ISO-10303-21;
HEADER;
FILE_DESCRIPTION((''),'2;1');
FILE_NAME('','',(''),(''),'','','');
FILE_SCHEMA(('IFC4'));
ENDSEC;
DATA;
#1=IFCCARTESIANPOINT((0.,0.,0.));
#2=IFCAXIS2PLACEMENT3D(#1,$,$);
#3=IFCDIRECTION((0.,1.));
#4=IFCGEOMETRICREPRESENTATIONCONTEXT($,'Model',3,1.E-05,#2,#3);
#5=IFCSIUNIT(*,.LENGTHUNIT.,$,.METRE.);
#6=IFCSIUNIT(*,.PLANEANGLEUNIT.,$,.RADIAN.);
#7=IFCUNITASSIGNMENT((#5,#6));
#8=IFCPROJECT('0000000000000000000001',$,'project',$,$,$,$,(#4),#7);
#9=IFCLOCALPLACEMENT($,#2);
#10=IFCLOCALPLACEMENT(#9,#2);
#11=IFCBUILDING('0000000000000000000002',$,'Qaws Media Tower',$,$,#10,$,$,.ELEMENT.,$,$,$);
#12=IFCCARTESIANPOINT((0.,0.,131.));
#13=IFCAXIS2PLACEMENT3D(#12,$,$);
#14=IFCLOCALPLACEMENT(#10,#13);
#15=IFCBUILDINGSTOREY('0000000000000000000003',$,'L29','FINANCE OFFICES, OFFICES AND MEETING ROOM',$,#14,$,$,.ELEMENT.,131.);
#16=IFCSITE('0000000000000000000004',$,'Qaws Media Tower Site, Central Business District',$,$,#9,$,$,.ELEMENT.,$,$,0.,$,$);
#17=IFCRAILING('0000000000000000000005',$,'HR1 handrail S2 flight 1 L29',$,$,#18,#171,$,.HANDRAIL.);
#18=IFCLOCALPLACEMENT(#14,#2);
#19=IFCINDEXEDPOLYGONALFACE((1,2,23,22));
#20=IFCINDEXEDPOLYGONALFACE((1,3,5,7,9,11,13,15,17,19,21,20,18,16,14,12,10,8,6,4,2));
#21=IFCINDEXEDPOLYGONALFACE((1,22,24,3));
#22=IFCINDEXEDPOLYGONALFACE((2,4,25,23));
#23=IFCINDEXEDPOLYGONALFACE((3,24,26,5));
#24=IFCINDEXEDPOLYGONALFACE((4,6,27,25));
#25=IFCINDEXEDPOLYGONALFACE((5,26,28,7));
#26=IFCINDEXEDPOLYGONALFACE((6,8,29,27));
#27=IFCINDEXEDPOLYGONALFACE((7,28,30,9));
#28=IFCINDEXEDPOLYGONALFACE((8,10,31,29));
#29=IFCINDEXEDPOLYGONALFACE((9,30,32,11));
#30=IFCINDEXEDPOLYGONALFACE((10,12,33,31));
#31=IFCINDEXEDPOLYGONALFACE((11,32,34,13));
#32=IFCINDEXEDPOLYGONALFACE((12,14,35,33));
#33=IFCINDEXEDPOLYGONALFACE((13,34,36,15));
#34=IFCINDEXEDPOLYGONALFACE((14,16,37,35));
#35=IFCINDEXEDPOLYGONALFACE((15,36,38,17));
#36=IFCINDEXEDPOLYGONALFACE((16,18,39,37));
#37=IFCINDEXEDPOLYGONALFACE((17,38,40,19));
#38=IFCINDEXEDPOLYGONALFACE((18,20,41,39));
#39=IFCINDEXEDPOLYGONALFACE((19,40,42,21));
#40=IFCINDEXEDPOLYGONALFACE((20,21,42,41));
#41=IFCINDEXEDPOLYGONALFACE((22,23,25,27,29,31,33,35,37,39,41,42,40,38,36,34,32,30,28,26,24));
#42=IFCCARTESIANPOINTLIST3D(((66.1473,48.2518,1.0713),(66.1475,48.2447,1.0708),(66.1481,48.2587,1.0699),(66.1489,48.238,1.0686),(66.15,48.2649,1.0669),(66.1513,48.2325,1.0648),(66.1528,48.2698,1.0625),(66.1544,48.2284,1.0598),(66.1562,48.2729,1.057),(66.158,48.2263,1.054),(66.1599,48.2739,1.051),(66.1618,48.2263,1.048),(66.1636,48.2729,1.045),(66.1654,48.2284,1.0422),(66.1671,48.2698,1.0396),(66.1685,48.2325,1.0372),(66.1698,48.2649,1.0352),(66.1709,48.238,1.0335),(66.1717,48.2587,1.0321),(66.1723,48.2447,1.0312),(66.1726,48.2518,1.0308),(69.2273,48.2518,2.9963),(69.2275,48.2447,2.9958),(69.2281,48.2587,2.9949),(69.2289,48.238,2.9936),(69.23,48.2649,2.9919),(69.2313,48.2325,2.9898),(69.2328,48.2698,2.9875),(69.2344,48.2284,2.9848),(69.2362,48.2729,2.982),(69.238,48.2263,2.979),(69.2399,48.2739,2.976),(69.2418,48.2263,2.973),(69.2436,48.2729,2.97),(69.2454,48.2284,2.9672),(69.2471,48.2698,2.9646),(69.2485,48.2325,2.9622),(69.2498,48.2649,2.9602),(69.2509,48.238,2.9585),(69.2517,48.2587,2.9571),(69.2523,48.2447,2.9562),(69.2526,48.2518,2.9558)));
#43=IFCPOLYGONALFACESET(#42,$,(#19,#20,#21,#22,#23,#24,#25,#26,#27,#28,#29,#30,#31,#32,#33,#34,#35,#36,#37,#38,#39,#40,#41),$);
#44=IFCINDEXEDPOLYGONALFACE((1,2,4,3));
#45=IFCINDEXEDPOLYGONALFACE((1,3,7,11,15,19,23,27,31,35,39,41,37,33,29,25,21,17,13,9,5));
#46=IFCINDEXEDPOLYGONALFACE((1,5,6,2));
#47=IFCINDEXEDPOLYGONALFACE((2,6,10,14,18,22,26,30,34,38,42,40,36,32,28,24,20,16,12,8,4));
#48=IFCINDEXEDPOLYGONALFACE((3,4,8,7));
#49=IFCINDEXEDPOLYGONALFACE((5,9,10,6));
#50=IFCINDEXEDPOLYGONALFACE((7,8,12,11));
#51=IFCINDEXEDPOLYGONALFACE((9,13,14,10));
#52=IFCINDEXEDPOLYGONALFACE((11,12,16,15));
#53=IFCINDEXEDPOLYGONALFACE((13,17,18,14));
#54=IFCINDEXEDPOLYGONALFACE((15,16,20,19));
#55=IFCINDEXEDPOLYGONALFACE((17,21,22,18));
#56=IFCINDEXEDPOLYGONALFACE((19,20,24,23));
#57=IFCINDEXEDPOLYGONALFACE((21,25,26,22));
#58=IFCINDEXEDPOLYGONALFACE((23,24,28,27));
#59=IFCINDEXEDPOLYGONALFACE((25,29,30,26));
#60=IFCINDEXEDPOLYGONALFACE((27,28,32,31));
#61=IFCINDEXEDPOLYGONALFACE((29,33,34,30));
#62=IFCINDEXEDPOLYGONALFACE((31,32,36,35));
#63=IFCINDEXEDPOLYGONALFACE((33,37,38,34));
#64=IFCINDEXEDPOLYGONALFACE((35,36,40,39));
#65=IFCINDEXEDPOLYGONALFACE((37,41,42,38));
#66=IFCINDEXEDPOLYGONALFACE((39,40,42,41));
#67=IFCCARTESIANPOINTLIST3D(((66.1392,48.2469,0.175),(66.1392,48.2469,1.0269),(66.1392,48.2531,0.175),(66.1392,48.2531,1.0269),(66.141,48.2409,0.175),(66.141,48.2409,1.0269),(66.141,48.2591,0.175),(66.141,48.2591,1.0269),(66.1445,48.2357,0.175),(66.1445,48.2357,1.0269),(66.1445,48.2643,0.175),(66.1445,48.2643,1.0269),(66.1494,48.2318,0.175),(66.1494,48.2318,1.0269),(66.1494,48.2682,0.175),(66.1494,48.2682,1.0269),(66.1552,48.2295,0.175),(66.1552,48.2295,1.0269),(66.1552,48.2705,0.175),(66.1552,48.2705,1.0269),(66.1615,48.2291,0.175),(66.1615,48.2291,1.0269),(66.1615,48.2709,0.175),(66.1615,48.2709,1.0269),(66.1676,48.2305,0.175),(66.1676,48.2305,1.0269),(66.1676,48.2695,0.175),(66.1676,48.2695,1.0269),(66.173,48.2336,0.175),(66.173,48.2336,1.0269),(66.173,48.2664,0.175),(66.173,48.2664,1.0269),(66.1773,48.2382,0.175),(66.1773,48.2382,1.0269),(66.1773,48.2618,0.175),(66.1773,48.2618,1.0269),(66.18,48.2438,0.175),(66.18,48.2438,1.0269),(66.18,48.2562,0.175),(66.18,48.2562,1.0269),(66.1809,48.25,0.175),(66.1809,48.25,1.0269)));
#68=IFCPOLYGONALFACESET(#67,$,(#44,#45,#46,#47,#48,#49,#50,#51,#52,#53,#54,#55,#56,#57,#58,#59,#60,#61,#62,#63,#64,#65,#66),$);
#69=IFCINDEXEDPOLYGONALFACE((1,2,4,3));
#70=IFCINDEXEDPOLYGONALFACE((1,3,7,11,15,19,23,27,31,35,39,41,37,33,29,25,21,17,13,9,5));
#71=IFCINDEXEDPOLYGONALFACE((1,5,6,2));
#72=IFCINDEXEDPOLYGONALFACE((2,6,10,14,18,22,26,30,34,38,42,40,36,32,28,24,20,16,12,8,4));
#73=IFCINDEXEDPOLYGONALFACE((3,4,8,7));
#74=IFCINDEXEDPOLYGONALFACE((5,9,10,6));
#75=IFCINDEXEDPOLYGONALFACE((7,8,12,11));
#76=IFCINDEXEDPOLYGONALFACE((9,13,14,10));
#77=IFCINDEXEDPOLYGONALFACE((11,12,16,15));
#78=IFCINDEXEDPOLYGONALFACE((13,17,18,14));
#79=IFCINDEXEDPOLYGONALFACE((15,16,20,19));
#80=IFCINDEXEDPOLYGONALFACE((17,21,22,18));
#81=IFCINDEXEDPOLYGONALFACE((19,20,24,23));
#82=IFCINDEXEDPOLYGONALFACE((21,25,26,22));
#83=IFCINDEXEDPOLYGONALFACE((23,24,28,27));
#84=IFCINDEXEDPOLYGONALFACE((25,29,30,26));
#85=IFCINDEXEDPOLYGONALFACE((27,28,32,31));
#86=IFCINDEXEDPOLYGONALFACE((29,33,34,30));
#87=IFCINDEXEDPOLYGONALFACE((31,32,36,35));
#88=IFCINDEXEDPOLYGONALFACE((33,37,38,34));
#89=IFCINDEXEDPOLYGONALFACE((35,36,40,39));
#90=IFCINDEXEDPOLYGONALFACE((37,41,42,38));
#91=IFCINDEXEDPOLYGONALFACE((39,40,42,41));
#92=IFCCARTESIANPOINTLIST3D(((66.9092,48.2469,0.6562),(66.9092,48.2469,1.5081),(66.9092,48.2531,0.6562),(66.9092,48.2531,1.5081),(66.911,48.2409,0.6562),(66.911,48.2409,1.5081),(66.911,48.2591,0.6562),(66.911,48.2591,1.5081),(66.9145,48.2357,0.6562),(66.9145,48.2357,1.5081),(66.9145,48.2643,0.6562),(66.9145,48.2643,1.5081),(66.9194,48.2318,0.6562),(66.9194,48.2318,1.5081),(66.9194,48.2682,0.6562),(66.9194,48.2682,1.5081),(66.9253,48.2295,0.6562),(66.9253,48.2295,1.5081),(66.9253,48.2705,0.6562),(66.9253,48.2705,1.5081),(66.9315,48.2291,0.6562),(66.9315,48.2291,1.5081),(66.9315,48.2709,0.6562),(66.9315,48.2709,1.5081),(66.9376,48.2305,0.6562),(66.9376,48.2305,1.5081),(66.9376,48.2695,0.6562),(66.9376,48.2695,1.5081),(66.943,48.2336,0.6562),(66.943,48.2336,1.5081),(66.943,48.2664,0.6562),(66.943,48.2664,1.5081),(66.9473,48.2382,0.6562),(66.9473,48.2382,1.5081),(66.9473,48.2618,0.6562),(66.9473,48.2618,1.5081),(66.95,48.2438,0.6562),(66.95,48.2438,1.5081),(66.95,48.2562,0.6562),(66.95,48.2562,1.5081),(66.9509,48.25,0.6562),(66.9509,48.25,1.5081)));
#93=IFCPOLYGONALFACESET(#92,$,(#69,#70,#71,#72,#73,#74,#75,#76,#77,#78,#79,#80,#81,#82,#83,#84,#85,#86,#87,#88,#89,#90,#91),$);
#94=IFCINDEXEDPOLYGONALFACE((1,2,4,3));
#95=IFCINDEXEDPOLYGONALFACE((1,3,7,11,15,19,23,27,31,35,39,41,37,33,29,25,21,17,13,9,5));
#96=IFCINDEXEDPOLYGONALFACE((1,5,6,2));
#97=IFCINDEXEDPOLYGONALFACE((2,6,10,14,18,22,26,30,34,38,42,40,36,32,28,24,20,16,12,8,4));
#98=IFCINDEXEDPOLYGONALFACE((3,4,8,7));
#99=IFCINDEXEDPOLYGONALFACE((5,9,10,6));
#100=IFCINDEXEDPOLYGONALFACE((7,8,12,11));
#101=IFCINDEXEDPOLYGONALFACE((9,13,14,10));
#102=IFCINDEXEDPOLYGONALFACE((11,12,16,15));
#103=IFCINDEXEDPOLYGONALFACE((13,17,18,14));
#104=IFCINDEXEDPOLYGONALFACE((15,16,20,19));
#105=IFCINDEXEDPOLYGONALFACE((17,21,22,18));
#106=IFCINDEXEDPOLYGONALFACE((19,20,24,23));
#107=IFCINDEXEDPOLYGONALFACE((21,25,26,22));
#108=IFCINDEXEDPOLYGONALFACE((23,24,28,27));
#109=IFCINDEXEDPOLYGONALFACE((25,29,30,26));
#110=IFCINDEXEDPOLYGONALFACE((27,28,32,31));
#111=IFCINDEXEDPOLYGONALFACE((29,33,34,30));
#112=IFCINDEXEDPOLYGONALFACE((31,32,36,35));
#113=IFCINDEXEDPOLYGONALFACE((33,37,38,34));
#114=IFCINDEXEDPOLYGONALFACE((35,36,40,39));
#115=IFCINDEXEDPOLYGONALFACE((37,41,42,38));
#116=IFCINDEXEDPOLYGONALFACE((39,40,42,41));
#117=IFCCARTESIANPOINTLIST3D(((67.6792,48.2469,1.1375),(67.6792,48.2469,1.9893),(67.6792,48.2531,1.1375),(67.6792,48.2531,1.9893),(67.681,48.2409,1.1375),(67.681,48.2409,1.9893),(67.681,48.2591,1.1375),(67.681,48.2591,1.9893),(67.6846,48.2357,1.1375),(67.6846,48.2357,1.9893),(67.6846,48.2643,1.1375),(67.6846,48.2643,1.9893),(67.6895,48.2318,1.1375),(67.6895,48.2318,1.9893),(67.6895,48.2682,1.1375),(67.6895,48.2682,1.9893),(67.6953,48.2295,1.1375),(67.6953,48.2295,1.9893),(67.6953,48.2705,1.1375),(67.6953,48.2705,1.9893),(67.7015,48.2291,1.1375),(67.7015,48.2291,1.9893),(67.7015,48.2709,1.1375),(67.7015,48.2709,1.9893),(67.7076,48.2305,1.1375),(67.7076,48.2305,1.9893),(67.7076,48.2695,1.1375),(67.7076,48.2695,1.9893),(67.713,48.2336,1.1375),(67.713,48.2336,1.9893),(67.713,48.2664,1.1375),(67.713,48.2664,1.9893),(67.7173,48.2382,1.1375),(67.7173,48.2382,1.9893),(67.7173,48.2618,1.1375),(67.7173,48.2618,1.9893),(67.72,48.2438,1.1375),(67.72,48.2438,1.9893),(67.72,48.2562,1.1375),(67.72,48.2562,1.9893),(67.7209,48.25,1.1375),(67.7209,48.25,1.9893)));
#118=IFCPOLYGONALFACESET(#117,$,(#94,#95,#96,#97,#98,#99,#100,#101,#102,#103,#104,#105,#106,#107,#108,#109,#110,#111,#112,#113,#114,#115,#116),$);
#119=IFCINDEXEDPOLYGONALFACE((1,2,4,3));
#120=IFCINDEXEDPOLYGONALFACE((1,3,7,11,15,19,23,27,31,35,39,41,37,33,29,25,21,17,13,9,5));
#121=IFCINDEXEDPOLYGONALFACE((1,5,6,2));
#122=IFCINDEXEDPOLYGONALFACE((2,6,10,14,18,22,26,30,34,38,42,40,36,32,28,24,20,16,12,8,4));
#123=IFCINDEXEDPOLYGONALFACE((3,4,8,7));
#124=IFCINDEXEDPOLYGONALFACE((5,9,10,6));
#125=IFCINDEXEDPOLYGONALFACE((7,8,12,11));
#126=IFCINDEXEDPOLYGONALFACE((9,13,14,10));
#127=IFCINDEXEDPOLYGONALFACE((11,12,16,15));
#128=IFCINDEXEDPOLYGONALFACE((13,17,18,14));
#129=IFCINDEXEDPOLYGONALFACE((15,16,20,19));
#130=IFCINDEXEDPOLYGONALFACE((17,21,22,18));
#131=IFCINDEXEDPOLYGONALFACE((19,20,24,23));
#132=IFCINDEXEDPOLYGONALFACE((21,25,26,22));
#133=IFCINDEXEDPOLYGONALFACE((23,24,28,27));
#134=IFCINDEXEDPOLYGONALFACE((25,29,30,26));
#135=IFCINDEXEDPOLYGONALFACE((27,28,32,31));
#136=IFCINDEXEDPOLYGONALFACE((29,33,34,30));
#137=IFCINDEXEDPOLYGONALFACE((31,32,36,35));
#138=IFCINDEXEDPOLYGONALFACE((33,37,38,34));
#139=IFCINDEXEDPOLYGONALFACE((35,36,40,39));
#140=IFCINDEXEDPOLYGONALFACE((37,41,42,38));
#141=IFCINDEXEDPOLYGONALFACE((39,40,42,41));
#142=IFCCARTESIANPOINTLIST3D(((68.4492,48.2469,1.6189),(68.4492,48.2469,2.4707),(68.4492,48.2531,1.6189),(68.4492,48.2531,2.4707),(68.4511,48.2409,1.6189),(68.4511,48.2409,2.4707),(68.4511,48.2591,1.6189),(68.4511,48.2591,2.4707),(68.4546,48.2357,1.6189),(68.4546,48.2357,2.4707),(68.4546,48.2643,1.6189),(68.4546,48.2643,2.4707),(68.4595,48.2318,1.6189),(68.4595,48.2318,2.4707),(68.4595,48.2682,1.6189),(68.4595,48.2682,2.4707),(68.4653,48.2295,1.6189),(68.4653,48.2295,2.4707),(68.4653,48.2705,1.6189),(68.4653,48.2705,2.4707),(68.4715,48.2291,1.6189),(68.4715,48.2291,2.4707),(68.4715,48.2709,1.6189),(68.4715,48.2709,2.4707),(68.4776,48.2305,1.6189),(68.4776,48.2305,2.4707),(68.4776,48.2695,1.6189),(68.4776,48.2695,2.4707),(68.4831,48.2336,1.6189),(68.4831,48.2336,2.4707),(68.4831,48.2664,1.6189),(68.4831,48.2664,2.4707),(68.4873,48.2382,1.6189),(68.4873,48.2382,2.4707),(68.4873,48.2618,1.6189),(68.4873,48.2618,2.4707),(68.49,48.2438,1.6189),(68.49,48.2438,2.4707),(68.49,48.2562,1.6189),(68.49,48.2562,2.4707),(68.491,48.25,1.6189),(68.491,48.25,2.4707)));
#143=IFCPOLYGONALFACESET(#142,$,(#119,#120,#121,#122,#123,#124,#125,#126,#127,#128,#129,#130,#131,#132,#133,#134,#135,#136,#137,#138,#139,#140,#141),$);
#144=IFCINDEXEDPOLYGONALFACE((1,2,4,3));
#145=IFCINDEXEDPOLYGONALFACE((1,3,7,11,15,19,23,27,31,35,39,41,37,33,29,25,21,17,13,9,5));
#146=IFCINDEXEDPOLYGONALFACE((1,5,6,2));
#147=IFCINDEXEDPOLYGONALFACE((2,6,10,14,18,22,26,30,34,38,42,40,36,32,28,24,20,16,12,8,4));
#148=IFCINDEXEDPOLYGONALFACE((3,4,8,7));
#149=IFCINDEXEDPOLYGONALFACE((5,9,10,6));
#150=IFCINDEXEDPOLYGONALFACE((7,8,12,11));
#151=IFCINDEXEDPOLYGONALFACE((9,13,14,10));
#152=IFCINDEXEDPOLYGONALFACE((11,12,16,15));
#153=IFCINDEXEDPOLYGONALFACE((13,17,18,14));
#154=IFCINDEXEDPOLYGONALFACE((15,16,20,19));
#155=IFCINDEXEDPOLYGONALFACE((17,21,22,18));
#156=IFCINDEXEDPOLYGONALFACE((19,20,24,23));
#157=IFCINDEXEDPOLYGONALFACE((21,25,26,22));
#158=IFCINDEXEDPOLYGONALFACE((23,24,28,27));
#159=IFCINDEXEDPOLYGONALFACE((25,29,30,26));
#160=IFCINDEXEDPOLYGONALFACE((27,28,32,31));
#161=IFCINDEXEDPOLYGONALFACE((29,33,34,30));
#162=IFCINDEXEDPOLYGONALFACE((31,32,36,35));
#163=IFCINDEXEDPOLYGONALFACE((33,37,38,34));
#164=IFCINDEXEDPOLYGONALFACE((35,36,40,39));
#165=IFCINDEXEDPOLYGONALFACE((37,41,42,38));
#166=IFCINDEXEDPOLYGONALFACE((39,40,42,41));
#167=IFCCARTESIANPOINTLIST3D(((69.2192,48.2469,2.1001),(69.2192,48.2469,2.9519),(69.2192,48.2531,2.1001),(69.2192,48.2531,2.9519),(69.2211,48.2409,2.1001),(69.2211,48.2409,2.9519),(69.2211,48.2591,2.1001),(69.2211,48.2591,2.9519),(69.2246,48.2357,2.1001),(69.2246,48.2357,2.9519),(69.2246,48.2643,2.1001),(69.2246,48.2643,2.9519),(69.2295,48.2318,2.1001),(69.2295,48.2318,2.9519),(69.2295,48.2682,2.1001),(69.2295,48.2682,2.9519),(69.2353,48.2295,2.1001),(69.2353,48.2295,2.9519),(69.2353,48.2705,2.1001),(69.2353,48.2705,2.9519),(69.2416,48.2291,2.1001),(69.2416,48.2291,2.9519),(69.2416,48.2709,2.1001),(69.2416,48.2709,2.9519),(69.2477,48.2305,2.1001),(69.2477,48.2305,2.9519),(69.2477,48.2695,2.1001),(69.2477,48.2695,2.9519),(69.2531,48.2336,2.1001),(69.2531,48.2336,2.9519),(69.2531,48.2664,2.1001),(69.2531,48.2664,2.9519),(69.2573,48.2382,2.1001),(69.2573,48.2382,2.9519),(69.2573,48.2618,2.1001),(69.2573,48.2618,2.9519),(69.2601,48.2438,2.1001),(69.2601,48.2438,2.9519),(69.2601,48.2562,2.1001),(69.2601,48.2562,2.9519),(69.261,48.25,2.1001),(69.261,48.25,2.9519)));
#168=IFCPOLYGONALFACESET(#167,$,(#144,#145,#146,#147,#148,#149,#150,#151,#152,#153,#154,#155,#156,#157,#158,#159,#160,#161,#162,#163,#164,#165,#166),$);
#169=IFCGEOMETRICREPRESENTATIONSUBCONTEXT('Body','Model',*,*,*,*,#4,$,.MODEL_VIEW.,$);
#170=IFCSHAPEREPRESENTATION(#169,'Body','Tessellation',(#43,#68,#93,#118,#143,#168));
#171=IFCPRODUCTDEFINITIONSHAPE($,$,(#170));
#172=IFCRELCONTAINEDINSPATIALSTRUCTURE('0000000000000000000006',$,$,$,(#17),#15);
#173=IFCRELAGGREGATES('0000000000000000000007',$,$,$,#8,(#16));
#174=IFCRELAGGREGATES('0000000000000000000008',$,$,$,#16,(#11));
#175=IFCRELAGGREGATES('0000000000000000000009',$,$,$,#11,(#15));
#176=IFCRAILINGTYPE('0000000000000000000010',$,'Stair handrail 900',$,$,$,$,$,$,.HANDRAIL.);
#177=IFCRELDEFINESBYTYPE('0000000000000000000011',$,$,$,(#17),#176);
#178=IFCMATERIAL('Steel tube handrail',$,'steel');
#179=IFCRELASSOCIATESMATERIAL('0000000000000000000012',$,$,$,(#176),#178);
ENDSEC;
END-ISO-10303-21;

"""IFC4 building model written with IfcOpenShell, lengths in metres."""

from ifc_helpers import new_model, si_unit, direction, frame, origin, origin_2d, place, context, subcontext, project, spatial, circle, extrude, material, type_object, element, save


model = new_model("IFC4")

# Units and contexts
model_context = context("Model", 3, precision=1e-05, world=origin(), true_north=direction((0.0, 1.0)))
body_context = subcontext(model_context, "Body", "Model", "MODEL_VIEW")
ifc_project = project(units=[si_unit("LENGTHUNIT", "METRE"), si_unit("PLANEANGLEUNIT", "RADIAN")], contexts=[model_context])

# Site, building, storey
site_placement = place(None, origin())
site = spatial("IfcSite", under=ifc_project, at=site_placement, Name="Qaws Media Tower Site, Central Business District", CompositionType="ELEMENT", RefElevation=0.0)
building_placement = place(site_placement, origin())
building = spatial("IfcBuilding", under=site, at=building_placement, Name="Qaws Media Tower", CompositionType="ELEMENT")
storey_placement = place(building_placement, frame((0.0, 0.0, 131.0)))
storey = spatial("IfcBuildingStorey", under=building, at=storey_placement, Name="L29", Description="FINANCE OFFICES, OFFICES AND MEETING ROOM", CompositionType="ELEMENT", Elevation=131.0)

# Railing
ifc_material_1 = material(Name="Steel tube handrail", Category="steel")
railing_type = type_object("IfcRailingType", Name="Stair handrail 900", PredefinedType="HANDRAIL", material=ifc_material_1)
for number, where, name in (
    (1, (66.1599, 48.25, 0.175), "HR1 handrail S2 flight 1 L29"),
):
    element("IfcRailing", number, at=place(storey_placement, frame(where)), inside=storey, type_object=railing_type, Name=name, PredefinedType="HANDRAIL", context=body_context, shape_type="SweptSolid", body=[
        extrude(circle(Radius=0.0239, at=origin_2d()), frame((0.0, 0.0, 0.876), z_axis=(0.847998, 0.0, 0.529999), x_axis=(0.0, 1.0, 0.0)), (0.0, 0.0, 1.0), 3.6321),
        extrude(circle(Radius=0.021, at=origin_2d()), origin(), (0.0, 0.0, 1.0), 0.8518),
        extrude(circle(Radius=0.021, at=origin_2d()), frame((0.77, 0.0, 0.4812)), (0.0, 0.0, 1.0), 0.8518),
        extrude(circle(Radius=0.021, at=origin_2d()), frame((1.54, 0.0, 0.9624)), (0.0, 0.0, 1.0), 0.8518),
        extrude(circle(Radius=0.021, at=origin_2d()), frame((2.3101, 0.0, 1.4438)), (0.0, 0.0, 1.0), 0.8518),
        extrude(circle(Radius=0.021, at=origin_2d()), frame((3.0801, 0.0, 1.925)), (0.0, 0.0, 1.0), 0.8518),
    ])

save(model, "model.ifc")
